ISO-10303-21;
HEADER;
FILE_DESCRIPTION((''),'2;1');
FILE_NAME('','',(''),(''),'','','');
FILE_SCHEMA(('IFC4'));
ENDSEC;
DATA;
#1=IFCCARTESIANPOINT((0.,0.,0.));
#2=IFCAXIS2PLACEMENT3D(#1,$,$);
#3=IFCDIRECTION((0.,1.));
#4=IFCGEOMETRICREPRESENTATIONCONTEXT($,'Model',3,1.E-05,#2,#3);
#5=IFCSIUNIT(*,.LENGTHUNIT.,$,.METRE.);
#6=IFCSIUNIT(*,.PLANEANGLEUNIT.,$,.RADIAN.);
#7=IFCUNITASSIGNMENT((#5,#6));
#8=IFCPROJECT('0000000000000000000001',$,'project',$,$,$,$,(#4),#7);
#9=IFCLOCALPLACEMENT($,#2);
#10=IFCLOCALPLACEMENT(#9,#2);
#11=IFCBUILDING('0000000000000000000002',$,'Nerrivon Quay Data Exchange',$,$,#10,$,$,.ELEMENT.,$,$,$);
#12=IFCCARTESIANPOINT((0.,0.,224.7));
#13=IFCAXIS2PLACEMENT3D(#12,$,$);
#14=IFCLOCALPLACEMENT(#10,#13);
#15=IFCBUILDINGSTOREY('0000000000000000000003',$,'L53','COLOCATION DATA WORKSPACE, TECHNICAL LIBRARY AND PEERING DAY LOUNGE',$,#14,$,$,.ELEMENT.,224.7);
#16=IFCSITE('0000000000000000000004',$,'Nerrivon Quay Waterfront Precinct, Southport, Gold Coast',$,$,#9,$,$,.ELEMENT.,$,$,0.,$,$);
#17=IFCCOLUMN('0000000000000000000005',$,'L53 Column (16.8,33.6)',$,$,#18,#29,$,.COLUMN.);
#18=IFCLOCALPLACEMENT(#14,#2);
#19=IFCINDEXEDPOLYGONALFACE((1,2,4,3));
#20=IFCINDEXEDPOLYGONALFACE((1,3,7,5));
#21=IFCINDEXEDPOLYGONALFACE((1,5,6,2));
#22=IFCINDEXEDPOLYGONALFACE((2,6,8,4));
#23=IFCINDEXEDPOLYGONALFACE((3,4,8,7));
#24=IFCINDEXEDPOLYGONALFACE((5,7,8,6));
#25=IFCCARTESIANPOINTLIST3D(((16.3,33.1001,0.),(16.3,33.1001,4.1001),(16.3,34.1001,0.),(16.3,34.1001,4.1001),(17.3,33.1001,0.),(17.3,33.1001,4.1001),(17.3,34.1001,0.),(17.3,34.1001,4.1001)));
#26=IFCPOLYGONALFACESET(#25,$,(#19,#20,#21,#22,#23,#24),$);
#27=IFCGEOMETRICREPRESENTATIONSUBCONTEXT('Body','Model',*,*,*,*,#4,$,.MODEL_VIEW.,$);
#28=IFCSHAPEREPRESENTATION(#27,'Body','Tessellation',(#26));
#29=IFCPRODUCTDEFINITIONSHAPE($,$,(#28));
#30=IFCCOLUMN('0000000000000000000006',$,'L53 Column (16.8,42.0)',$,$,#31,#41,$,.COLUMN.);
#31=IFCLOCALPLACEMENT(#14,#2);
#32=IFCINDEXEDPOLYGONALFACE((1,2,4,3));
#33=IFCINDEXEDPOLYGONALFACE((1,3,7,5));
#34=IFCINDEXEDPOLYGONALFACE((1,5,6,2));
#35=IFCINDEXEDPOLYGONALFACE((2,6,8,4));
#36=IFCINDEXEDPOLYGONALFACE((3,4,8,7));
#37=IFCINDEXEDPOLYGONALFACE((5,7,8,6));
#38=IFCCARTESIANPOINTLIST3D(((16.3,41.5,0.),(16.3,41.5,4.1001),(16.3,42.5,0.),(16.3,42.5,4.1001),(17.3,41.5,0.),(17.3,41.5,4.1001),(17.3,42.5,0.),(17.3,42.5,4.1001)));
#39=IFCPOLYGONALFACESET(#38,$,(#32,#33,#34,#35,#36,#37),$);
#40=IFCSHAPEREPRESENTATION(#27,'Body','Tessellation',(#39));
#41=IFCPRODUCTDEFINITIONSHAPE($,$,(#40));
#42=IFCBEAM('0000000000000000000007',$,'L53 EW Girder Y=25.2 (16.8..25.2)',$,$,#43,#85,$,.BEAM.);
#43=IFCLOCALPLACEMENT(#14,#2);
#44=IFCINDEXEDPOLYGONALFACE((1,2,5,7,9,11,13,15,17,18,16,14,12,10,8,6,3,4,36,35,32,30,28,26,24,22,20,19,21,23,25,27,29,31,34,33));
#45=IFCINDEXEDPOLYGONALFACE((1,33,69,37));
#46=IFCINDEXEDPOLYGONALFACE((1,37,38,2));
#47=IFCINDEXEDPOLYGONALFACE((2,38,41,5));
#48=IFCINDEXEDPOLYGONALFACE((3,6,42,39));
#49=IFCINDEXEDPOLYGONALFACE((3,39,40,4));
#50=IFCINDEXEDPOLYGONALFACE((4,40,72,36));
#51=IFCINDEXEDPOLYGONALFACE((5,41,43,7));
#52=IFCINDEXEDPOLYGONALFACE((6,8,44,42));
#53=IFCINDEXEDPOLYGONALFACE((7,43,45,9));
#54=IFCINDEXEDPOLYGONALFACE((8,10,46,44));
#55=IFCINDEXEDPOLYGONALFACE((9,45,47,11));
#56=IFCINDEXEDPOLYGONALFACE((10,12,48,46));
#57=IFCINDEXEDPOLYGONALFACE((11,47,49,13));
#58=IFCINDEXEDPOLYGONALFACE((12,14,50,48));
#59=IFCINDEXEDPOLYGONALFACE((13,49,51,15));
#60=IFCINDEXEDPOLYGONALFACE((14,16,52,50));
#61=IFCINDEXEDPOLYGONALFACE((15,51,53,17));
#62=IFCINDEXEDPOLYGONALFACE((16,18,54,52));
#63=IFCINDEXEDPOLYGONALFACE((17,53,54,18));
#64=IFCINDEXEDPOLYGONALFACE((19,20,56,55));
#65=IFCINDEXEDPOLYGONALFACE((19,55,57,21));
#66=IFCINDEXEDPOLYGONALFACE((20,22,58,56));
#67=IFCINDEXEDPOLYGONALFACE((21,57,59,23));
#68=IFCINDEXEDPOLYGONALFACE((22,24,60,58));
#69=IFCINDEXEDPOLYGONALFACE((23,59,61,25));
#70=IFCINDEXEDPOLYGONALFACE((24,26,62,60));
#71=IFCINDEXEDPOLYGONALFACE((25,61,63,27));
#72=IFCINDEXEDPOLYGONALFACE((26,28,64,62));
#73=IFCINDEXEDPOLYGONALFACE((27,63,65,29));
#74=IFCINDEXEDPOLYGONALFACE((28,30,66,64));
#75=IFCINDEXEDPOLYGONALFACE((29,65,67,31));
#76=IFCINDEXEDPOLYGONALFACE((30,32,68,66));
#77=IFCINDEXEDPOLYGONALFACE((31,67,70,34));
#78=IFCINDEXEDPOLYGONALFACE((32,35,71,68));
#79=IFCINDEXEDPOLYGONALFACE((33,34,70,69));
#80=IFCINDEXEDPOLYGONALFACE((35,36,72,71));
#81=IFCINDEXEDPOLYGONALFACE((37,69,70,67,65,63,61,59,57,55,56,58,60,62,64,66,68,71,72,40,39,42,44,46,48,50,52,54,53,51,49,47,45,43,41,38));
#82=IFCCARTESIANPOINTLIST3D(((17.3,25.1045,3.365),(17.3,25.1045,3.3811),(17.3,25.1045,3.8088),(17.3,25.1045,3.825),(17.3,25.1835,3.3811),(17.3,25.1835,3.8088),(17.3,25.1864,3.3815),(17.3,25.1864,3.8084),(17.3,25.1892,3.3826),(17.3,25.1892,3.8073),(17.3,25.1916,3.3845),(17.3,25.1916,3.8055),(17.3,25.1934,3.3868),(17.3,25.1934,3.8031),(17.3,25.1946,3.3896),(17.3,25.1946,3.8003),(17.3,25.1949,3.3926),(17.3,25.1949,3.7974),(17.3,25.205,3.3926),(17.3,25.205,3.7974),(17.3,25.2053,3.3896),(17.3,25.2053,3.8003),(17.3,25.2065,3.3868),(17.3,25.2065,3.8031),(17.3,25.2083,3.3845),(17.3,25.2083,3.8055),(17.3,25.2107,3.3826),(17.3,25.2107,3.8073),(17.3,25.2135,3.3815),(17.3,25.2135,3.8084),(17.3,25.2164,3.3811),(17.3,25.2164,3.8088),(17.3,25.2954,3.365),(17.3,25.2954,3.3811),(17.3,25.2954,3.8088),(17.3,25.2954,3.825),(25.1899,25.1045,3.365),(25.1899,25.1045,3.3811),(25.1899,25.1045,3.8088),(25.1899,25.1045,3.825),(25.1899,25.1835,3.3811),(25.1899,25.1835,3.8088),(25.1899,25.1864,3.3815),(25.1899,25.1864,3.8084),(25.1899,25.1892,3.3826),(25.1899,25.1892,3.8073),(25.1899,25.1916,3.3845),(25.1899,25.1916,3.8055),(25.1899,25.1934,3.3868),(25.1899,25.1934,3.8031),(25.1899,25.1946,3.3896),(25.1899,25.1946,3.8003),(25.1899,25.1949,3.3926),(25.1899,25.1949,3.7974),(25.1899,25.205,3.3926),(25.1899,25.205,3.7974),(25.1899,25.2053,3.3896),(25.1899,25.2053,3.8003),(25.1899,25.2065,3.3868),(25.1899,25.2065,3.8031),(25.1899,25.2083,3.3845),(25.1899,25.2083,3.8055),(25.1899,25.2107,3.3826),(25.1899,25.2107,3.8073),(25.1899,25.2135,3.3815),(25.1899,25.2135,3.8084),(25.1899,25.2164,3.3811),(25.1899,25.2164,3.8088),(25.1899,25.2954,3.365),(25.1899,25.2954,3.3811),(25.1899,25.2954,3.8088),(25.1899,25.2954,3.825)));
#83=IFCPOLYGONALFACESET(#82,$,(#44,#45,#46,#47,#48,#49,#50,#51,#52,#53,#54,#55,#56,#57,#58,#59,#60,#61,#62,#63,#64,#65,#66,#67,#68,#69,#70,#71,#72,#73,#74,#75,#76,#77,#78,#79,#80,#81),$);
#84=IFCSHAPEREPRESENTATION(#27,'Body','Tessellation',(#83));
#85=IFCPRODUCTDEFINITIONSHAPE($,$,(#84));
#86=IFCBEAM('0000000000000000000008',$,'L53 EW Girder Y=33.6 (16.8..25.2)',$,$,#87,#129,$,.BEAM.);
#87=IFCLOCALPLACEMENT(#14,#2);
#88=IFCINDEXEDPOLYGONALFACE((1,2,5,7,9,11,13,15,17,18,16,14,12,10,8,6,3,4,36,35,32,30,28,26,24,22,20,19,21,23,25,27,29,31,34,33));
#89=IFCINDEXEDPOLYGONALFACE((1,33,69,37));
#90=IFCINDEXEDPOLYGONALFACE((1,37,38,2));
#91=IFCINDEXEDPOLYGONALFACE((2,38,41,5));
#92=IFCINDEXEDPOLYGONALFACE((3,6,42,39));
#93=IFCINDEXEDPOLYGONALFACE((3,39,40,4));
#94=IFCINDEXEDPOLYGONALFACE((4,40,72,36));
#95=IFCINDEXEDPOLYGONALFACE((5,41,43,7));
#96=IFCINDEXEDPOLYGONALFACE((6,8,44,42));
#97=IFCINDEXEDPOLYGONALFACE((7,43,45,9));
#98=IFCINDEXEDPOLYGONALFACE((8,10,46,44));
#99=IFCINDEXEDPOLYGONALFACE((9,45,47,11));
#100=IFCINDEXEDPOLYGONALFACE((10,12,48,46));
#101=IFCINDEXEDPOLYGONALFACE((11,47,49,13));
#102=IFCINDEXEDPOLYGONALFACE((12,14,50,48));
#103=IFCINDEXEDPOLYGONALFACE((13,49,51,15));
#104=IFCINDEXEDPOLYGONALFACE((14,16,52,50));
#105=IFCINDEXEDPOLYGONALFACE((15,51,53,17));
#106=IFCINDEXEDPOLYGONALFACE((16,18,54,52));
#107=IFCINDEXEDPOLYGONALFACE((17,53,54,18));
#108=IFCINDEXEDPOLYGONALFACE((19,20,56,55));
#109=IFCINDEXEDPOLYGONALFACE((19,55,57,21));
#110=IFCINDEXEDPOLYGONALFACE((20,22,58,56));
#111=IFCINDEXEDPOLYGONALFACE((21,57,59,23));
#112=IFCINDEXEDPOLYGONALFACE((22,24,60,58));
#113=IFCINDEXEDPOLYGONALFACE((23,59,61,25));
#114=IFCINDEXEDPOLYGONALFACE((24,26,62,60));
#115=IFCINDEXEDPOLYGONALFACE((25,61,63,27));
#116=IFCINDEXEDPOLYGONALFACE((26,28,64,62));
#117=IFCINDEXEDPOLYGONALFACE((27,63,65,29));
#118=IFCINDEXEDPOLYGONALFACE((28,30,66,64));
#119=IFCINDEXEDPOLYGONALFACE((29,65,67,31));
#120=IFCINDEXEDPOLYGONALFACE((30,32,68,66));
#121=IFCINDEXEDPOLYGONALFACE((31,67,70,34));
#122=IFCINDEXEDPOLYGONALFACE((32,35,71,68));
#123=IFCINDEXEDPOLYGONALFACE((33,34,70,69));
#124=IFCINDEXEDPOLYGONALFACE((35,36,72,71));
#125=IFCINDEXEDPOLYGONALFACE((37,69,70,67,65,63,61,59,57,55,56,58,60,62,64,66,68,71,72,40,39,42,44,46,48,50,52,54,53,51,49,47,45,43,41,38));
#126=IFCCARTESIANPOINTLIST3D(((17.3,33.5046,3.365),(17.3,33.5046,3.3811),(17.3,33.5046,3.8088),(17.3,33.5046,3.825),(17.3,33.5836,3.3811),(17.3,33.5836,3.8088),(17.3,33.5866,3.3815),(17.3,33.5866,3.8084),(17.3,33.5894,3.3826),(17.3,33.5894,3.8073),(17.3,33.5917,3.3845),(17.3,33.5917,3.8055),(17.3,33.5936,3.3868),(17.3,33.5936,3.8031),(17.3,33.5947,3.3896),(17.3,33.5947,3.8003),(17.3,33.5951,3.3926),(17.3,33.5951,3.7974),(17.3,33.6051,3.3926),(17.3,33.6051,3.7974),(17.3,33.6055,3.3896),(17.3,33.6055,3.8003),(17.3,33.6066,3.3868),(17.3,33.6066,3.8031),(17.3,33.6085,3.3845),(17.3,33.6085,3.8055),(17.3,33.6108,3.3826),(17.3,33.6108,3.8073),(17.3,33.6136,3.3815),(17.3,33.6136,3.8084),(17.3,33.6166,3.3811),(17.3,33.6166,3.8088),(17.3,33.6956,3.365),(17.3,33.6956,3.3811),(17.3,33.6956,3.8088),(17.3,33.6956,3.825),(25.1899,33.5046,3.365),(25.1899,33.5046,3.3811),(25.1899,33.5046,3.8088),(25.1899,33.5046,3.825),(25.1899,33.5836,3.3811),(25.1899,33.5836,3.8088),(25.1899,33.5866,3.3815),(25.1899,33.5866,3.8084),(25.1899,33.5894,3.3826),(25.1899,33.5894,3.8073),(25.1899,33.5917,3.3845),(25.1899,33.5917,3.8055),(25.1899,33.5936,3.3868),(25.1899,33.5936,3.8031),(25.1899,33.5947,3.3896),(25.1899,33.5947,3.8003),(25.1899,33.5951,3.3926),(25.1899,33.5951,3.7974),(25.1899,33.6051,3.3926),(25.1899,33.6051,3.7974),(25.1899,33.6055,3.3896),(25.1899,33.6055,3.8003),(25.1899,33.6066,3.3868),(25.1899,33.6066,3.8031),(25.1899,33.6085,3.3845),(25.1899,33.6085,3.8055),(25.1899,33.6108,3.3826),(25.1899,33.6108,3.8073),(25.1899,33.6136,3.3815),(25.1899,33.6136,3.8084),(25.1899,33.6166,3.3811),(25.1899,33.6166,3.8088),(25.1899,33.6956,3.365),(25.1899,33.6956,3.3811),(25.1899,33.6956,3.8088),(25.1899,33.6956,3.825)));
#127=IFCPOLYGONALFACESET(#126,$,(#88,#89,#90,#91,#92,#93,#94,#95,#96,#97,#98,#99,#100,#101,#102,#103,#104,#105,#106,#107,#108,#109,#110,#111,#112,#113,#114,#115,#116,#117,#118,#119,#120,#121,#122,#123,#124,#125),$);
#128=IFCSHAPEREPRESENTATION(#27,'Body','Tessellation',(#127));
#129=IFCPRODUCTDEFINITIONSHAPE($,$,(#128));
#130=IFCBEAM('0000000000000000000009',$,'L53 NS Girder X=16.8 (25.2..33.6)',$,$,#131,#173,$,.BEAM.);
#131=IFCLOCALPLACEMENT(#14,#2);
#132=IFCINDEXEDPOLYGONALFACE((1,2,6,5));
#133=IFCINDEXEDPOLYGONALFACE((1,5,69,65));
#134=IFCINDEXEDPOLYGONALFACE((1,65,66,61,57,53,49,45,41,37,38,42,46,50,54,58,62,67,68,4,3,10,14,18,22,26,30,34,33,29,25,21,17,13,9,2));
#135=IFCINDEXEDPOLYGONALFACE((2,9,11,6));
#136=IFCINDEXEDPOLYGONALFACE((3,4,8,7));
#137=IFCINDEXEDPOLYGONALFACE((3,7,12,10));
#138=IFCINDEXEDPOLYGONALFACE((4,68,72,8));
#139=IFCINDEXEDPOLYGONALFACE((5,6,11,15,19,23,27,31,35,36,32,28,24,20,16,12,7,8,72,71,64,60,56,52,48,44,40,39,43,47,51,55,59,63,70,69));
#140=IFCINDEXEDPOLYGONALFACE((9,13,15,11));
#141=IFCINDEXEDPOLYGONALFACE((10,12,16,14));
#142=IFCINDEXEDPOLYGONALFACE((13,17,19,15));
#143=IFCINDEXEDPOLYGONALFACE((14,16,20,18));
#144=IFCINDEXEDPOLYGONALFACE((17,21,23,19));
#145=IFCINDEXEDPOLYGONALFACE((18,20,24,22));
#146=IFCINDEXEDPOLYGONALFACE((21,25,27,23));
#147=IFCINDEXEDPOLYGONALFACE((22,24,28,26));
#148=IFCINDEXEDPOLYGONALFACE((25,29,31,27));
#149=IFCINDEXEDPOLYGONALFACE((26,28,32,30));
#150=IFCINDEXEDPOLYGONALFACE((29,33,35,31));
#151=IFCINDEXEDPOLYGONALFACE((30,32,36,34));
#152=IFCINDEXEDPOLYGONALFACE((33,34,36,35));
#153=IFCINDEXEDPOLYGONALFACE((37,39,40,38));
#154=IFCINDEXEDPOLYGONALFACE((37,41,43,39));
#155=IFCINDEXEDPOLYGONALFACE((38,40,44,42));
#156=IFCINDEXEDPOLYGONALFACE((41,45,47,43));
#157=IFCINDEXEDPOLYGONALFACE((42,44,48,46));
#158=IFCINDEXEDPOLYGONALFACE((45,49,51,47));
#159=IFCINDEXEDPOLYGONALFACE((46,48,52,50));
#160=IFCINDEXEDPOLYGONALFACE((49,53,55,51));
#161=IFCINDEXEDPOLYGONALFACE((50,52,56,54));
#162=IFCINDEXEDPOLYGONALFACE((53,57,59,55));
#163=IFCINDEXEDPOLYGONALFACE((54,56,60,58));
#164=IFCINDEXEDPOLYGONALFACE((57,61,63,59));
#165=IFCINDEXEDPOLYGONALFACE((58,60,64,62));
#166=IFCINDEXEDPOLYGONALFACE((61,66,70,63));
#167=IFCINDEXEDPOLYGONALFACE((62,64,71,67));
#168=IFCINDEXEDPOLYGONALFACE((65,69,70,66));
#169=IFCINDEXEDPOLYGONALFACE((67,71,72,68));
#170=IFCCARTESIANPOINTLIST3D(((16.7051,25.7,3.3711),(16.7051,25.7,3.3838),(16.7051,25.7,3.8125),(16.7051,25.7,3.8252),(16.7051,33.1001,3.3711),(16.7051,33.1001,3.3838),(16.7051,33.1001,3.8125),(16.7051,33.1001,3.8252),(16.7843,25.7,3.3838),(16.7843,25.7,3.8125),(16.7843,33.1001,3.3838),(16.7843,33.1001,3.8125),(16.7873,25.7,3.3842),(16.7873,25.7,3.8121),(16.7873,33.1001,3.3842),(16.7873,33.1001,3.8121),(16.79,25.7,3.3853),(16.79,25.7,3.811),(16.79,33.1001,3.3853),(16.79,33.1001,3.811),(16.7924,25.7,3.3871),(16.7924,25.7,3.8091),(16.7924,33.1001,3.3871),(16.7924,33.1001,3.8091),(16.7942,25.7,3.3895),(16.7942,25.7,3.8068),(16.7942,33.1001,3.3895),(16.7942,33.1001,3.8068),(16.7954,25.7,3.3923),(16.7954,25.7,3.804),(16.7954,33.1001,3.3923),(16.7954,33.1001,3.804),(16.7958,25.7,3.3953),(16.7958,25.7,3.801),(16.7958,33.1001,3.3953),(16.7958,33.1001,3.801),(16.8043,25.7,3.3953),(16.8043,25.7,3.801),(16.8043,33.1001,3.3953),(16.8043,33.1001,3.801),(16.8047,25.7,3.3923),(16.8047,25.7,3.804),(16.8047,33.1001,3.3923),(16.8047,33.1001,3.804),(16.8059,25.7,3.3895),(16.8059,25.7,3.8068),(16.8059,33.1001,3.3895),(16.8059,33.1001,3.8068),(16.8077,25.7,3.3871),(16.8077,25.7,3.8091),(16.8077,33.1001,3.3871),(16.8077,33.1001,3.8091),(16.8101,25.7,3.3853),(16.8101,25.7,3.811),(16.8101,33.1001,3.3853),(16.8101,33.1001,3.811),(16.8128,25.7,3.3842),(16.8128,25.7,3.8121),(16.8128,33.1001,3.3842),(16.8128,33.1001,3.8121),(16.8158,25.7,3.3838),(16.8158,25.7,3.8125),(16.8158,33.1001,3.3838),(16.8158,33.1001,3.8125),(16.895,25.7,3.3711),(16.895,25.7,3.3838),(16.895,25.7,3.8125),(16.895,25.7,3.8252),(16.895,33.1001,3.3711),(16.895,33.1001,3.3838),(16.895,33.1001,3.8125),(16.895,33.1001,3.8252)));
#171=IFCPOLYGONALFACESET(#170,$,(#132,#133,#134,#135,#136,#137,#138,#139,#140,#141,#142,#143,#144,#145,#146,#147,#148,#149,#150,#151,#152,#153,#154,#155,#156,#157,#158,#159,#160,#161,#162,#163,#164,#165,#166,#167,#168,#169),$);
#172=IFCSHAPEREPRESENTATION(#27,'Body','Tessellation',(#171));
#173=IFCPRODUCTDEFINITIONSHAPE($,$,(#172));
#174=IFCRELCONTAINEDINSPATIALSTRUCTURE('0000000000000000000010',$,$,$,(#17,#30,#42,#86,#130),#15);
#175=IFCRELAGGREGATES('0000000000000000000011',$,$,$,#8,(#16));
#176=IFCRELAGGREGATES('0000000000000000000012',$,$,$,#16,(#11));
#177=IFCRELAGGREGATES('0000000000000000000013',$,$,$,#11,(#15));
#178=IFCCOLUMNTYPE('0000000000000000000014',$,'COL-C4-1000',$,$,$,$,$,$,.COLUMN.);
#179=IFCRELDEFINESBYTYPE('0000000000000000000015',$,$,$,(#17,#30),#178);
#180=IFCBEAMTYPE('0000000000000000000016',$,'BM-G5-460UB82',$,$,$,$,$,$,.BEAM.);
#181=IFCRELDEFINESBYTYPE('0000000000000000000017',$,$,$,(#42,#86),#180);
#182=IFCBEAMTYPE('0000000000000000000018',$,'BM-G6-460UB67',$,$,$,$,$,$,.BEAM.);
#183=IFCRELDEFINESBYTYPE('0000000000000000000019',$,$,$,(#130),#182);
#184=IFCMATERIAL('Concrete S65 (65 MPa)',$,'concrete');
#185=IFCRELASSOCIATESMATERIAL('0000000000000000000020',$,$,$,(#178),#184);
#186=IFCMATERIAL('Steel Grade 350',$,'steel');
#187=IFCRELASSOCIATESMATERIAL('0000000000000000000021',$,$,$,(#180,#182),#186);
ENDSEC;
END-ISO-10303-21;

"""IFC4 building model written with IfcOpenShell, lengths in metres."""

from ifc_helpers import new_model, si_unit, direction, frame, origin, origin_2d, place, context, subcontext, project, spatial, rectangle, i_section, extrude, material, material_profile, profile_set, type_object, element, save


model = new_model("IFC4")

# Units and contexts
model_context = context("Model", 3, precision=1e-05, world=origin(), true_north=direction((0.0, 1.0)))
body_context = subcontext(model_context, "Body", "Model", "MODEL_VIEW")
ifc_project = project(units=[si_unit("LENGTHUNIT", "METRE"), si_unit("PLANEANGLEUNIT", "RADIAN")], contexts=[model_context])

# Site, building, storey
site_placement = place(None, origin())
site = spatial("IfcSite", under=ifc_project, at=site_placement, Name="Nerrivon Quay Waterfront Precinct, Southport, Gold Coast", CompositionType="ELEMENT", RefElevation=0.0)
building_placement = place(site_placement, origin())
building = spatial("IfcBuilding", under=site, at=building_placement, Name="Nerrivon Quay Data Exchange", CompositionType="ELEMENT")
storey_placement = place(building_placement, frame((0.0, 0.0, 224.7)))
storey = spatial("IfcBuildingStorey", under=building, at=storey_placement, Name="L53", Description="COLOCATION DATA WORKSPACE, TECHNICAL LIBRARY AND PEERING DAY LOUNGE", CompositionType="ELEMENT", Elevation=224.7)

# Columns
ifc_material_1 = material(Name="Concrete S65 (65 MPa)", Category="concrete")
ifc_material_profile_1 = material_profile(ifc_material_1, rectangle(XDim=1.0, YDim=1.0, at=origin_2d()), Name="RC-COL-1000x1000")
ifc_profile_set_1 = profile_set([ifc_material_profile_1], Name="Concrete S65 (65 MPa)")
column_type = type_object("IfcColumnType", Name="COL-C4-1000", PredefinedType="COLUMN", material=ifc_profile_set_1)
for number, where, z_axis, x_axis, name in (
    (1, (16.8, 33.6001, 0.0), (0.0, 0.0, 1.0), (1.0, 0.0, 0.0), "L53 Column (16.8,33.6)"),
    (2, (16.8, 42.0, 0.0), (0.0, 0.0, 1.0), (1.0, 0.0, 0.0), "L53 Column (16.8,42.0)"),
):
    element("IfcColumn", number, at=place(storey_placement, frame(where, z_axis=z_axis, x_axis=x_axis)), inside=storey, type_object=column_type, Name=name, PredefinedType="COLUMN", context=body_context, shape_type="SweptSolid", body=[
        extrude(rectangle(XDim=1.0, YDim=1.0, at=origin_2d()), origin(), (0.0, 0.0, 1.0), 4.1001),
    ])

# Beams
ifc_material_2 = material(Name="Steel Grade 350", Category="steel")
ifc_material_profile_2 = material_profile(ifc_material_2, i_section(OverallWidth=0.1909, OverallDepth=0.46, WebThickness=0.01, FlangeThickness=0.0161, FilletRadius=0.0115, at=origin_2d()), Name="460UB82.1")
ifc_profile_set_2 = profile_set([ifc_material_profile_2], Name="Steel Grade 350")
beam_type_1 = type_object("IfcBeamType", Name="BM-G5-460UB82", PredefinedType="BEAM", material=ifc_profile_set_2)
for number, where, z_axis, x_axis, name in (
    (3, (17.3, 25.2, 3.595), (1.0, 0.0, 0.0), (0.0, 1.0, 0.0), "L53 EW Girder Y=25.2 (16.8..25.2)"),
    (4, (17.3, 33.6001, 3.595), (1.0, 0.0, 0.0), (0.0, 1.0, 0.0), "L53 EW Girder Y=33.6 (16.8..25.2)"),
):
    element("IfcBeam", number, at=place(storey_placement, frame(where, z_axis=z_axis, x_axis=x_axis)), inside=storey, type_object=beam_type_1, Name=name, PredefinedType="BEAM", context=body_context, shape_type="SweptSolid", body=[
        extrude(i_section(OverallWidth=0.1909, OverallDepth=0.46, WebThickness=0.01, FlangeThickness=0.0161, FilletRadius=0.0115, at=origin_2d()), origin(), (0.0, 0.0, 1.0), 7.8899),
    ])
ifc_material_profile_3 = material_profile(ifc_material_2, i_section(OverallWidth=0.1899, OverallDepth=0.4541, WebThickness=0.0085, FlangeThickness=0.0127, FilletRadius=0.0115, at=origin_2d()), Name="460UB67.1")
ifc_profile_set_3 = profile_set([ifc_material_profile_3], Name="Steel Grade 350")
beam_type_2 = type_object("IfcBeamType", Name="BM-G6-460UB67", PredefinedType="BEAM", material=ifc_profile_set_3)
beam_1_placement = place(storey_placement, frame((16.8, 25.7, 3.5981), z_axis=(0.0, 1.0, 0.0), x_axis=(-1.0, 0.0, 0.0)))
element("IfcBeam", 5, at=beam_1_placement, inside=storey, type_object=beam_type_2, Name="L53 NS Girder X=16.8 (25.2..33.6)", PredefinedType="BEAM", context=body_context, shape_type="SweptSolid", body=[
    extrude(i_section(OverallWidth=0.1899, OverallDepth=0.4541, WebThickness=0.0085, FlangeThickness=0.0127, FilletRadius=0.0115, at=origin_2d()), origin(), (0.0, 0.0, 1.0), 7.4001),
])

save(model, "model.ifc")
